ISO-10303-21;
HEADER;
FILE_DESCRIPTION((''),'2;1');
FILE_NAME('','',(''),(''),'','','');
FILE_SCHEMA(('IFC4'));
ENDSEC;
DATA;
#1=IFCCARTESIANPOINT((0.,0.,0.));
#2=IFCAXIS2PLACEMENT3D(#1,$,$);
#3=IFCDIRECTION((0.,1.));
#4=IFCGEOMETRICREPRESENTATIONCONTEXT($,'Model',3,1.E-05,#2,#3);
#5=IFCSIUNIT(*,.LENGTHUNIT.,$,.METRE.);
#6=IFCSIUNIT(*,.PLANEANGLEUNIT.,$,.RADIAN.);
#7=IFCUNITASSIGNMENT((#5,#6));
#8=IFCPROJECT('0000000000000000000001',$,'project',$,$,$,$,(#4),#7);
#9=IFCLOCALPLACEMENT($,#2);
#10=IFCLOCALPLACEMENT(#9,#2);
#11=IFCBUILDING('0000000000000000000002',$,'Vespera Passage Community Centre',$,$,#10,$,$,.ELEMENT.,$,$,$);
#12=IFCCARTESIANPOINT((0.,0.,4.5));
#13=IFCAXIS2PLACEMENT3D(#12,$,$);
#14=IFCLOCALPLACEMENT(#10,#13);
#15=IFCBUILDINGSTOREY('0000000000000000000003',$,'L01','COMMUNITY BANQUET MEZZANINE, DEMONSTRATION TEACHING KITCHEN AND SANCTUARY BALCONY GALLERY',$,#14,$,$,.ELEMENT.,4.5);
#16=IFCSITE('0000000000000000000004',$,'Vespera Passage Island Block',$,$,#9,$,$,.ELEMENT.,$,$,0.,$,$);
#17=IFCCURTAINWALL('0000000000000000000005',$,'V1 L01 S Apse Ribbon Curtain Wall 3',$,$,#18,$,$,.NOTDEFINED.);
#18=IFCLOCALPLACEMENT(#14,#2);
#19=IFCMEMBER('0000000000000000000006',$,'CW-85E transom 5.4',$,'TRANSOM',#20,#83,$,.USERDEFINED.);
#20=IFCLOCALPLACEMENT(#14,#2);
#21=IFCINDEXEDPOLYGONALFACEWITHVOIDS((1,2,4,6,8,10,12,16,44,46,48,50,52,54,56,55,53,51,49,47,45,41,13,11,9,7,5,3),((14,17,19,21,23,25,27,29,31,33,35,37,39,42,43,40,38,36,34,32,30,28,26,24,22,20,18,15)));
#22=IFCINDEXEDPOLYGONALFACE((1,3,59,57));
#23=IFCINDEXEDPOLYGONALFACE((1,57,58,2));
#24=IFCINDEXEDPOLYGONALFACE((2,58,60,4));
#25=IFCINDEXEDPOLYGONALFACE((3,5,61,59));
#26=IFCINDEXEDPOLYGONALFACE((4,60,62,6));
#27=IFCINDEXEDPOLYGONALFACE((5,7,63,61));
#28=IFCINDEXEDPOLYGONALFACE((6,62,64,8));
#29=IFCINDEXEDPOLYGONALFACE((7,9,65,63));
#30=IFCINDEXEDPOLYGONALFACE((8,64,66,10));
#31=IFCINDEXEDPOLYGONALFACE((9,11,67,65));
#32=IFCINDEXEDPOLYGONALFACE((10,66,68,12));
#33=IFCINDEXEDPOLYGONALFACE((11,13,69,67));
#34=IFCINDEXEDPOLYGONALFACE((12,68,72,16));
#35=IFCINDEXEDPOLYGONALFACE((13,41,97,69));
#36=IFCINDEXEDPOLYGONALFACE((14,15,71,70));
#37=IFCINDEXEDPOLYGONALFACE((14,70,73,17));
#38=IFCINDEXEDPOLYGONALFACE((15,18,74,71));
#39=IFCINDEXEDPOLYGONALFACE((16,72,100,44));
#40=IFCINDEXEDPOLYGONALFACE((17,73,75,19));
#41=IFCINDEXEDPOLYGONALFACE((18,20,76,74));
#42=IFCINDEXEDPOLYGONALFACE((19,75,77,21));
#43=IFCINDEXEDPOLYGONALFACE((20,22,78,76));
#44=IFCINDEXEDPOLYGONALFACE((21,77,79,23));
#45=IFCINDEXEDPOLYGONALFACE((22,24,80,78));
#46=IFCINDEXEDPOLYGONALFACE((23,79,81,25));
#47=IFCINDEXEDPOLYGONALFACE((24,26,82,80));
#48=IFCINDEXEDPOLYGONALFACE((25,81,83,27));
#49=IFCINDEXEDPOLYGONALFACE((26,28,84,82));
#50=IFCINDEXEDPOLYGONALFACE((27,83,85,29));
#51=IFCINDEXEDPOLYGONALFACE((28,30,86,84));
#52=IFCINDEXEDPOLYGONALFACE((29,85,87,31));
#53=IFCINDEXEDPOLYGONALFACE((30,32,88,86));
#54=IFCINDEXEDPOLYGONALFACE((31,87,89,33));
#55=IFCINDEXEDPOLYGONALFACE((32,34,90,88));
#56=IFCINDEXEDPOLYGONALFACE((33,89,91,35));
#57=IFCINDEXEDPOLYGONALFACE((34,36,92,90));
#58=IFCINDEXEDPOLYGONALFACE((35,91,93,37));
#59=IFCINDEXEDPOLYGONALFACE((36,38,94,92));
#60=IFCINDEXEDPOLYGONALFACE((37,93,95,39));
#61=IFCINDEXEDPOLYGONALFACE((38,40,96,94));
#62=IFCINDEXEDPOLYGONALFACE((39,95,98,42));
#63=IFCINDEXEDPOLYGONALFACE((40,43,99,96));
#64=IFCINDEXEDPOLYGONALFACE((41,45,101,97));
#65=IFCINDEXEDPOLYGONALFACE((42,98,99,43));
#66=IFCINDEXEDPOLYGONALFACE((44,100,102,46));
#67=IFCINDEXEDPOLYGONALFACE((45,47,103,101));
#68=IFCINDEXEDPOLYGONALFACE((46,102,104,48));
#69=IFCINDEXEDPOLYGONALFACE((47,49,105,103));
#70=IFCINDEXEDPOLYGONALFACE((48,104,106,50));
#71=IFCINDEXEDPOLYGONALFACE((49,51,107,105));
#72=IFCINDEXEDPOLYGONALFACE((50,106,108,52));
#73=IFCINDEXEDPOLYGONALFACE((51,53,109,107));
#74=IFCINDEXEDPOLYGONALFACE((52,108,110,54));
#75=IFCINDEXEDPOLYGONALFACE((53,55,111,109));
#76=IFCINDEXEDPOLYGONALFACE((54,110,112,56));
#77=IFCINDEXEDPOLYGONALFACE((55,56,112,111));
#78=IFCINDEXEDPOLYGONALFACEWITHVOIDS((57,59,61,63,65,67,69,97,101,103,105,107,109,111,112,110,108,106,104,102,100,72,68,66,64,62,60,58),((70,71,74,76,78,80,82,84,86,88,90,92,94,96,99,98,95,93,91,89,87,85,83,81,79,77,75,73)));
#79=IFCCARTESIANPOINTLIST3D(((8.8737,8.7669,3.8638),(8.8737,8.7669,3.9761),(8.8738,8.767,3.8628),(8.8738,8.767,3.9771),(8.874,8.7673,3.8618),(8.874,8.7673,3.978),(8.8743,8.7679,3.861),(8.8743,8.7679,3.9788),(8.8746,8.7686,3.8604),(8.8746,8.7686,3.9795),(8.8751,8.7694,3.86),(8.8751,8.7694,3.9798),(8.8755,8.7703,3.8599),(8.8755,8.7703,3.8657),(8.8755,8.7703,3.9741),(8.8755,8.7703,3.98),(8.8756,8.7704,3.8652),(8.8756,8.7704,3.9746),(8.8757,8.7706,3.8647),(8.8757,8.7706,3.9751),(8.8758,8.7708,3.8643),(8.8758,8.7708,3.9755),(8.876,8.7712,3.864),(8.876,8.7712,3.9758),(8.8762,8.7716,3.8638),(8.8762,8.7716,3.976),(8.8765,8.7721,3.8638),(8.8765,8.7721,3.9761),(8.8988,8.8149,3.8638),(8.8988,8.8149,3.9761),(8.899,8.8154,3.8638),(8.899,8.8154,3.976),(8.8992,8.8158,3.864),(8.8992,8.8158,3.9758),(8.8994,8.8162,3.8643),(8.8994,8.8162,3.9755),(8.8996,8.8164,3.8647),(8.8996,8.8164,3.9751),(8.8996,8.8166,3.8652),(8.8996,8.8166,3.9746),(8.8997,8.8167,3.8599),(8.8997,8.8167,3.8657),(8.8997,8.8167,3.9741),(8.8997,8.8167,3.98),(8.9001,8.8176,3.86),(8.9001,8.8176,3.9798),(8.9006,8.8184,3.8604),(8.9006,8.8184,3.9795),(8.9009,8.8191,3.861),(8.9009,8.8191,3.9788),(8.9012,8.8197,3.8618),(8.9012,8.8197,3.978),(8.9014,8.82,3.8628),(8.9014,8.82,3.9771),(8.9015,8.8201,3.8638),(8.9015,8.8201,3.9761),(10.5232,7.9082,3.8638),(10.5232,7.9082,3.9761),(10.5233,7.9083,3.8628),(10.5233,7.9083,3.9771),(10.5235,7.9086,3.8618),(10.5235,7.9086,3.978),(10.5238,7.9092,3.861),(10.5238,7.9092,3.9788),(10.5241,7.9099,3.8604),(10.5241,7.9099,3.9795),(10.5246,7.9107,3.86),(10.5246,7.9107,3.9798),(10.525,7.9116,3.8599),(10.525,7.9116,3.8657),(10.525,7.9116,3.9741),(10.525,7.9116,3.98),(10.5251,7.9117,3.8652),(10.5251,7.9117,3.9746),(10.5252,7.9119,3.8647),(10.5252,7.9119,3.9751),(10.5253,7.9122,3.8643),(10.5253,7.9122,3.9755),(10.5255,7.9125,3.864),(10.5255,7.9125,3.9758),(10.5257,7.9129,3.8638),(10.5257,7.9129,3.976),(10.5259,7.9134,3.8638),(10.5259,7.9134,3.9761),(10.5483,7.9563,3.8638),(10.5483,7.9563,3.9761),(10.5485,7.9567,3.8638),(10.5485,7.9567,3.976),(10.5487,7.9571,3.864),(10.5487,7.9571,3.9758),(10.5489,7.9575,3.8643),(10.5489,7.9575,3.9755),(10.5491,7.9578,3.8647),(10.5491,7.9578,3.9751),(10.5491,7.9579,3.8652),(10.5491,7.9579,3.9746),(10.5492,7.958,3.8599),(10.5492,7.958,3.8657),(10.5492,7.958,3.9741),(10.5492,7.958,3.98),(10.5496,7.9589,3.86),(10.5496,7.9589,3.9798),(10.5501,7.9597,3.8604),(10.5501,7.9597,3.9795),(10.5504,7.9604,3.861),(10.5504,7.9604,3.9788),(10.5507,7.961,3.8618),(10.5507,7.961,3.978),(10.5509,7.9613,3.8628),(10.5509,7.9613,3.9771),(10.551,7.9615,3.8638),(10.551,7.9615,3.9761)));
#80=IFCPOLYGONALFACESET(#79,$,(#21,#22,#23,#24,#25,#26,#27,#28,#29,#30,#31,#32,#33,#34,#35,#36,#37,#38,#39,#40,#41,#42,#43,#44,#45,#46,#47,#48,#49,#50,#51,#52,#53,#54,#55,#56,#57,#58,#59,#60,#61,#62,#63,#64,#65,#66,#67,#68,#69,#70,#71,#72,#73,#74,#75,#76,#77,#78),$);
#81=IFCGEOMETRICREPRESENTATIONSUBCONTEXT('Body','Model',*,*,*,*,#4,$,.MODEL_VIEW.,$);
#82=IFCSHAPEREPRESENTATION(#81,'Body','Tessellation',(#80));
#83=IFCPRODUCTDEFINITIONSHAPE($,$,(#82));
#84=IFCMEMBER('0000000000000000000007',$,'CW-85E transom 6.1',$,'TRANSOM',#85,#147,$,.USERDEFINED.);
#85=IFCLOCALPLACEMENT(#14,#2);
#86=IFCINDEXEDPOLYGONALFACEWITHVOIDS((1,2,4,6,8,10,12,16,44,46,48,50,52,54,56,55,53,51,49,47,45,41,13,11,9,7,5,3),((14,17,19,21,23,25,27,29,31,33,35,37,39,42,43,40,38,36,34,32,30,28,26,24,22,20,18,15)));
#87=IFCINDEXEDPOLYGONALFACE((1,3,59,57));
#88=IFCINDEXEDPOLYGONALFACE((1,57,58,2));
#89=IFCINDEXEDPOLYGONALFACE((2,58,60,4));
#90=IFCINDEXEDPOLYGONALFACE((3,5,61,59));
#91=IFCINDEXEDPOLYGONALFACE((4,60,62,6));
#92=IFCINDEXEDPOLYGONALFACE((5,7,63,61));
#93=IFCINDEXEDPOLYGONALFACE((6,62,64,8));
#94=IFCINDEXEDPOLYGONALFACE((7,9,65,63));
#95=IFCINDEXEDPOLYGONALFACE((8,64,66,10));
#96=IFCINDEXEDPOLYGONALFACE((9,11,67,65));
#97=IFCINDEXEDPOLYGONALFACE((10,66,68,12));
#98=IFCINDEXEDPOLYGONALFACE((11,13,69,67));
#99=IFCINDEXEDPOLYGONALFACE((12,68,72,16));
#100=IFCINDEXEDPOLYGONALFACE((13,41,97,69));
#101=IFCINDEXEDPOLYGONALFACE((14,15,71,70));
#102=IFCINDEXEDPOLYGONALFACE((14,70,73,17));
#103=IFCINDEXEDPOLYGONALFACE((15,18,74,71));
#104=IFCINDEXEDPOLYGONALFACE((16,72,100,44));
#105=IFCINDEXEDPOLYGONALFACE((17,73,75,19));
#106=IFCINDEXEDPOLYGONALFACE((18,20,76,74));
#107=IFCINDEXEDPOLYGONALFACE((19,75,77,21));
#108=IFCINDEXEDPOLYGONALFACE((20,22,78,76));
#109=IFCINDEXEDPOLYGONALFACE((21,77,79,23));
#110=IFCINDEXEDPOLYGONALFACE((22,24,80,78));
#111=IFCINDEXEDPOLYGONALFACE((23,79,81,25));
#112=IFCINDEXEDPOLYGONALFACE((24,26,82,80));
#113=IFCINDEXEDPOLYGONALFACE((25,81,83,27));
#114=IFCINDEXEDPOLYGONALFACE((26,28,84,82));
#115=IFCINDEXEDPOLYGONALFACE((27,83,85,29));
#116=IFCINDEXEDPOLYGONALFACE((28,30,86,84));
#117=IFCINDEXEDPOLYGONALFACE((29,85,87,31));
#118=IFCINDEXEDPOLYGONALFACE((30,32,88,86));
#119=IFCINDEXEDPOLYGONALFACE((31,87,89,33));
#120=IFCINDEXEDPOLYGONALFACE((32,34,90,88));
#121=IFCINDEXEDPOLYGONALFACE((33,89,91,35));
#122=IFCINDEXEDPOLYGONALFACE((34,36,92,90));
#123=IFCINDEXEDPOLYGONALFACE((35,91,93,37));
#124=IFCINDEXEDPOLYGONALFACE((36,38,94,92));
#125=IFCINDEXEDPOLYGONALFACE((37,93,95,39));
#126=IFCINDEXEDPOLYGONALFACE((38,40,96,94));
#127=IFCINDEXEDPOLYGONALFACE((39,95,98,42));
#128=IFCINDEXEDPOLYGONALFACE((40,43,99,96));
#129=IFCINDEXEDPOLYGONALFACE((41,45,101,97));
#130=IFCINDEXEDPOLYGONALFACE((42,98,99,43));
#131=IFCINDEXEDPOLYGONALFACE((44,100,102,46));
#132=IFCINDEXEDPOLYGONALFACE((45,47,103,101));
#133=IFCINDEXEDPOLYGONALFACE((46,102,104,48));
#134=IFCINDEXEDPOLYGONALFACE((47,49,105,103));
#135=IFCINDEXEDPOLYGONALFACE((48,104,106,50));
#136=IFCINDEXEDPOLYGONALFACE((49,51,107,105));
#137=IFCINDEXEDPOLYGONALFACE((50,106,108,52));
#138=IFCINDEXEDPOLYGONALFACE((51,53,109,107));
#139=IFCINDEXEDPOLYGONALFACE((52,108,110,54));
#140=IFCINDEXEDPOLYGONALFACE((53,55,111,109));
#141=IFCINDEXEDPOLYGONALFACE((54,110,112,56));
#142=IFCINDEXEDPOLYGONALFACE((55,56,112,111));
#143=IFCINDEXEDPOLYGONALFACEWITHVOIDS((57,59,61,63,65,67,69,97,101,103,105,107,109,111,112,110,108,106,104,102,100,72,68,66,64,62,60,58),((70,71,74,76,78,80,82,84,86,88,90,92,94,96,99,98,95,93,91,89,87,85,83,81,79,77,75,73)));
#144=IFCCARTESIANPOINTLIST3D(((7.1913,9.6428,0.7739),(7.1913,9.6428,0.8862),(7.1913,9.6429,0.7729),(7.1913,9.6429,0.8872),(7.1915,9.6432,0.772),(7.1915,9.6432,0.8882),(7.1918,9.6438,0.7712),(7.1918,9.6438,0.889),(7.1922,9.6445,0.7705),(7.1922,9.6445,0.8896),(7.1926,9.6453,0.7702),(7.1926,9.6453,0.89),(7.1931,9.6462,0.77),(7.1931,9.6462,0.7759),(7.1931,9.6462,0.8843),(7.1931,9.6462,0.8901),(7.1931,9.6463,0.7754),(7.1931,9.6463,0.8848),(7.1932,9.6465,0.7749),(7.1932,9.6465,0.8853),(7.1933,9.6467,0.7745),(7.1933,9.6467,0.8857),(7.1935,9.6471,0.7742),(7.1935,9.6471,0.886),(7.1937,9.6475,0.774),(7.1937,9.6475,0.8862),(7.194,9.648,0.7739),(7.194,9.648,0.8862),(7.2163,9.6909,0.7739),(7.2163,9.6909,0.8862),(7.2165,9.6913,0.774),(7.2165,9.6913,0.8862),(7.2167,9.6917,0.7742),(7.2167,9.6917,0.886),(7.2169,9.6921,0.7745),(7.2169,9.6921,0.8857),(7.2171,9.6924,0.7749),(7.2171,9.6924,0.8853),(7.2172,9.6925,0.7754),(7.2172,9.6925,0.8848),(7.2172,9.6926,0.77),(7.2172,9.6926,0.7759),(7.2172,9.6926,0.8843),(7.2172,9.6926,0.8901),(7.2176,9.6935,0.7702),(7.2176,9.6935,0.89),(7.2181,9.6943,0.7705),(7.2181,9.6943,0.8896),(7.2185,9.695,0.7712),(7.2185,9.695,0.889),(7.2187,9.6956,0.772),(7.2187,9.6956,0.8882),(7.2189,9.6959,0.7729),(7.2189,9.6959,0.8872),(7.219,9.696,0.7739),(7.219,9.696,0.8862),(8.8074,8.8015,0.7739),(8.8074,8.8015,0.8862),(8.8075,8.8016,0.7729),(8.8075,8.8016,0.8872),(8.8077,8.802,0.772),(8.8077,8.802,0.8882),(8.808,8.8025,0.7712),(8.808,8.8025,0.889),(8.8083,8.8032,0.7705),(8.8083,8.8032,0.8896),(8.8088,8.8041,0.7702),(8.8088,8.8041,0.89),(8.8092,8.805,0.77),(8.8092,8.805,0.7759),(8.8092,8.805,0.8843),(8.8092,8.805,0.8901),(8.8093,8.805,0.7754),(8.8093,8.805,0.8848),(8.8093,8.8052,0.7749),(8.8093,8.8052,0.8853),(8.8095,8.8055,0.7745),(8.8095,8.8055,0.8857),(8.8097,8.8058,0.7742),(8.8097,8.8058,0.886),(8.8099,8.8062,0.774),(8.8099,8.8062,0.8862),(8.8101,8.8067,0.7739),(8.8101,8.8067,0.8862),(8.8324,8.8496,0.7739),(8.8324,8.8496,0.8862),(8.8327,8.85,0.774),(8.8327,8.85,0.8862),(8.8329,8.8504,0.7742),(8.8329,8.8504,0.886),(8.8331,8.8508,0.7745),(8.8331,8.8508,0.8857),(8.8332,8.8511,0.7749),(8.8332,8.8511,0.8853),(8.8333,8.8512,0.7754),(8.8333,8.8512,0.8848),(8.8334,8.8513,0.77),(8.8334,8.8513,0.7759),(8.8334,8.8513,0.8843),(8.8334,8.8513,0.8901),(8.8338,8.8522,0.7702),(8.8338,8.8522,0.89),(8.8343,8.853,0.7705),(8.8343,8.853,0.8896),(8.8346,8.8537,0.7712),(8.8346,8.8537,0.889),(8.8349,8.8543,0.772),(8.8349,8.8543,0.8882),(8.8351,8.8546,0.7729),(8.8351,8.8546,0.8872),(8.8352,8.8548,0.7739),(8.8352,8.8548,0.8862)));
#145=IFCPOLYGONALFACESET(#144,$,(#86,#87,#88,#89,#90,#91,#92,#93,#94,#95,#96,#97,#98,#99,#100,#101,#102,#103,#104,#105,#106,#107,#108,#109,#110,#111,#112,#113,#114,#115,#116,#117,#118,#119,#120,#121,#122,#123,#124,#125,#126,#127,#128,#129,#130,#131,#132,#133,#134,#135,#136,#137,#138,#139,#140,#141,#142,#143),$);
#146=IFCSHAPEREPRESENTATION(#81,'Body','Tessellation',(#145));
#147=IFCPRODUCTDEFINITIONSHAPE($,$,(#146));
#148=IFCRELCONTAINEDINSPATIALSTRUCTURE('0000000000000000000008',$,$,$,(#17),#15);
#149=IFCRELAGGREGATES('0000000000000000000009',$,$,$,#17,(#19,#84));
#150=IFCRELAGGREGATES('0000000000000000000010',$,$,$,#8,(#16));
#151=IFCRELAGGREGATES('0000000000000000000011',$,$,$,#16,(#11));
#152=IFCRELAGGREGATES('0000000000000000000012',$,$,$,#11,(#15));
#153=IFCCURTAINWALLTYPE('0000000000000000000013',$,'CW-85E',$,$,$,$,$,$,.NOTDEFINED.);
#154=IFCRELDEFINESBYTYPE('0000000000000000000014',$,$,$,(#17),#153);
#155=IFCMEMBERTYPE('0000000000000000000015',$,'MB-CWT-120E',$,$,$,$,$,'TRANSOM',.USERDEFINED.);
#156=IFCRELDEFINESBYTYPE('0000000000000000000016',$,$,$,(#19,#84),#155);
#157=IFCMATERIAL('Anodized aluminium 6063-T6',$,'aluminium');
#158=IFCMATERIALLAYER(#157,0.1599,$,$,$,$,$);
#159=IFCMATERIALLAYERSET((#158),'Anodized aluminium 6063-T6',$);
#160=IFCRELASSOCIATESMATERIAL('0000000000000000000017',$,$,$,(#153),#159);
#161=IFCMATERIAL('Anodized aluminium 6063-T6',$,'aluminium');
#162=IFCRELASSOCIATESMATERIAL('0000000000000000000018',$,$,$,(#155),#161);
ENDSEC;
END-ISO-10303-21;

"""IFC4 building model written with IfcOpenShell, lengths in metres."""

from ifc_helpers import new_model, si_unit, direction, frame, origin, origin_2d, place, context, subcontext, project, spatial, hollow_rectangle, extrude, material, layer, layer_set, material_profile, profile_set, type_object, element, aggregate, save


model = new_model("IFC4")

# Units and contexts
model_context = context("Model", 3, precision=1e-05, world=origin(), true_north=direction((0.0, 1.0)))
body_context = subcontext(model_context, "Body", "Model", "MODEL_VIEW")
ifc_project = project(units=[si_unit("LENGTHUNIT", "METRE"), si_unit("PLANEANGLEUNIT", "RADIAN")], contexts=[model_context])

# Site, building, storey
site_placement = place(None, origin())
site = spatial("IfcSite", under=ifc_project, at=site_placement, Name="Vespera Passage Island Block", CompositionType="ELEMENT", RefElevation=0.0)
building_placement = place(site_placement, origin())
building = spatial("IfcBuilding", under=site, at=building_placement, Name="Vespera Passage Community Centre", CompositionType="ELEMENT")
storey_placement = place(building_placement, frame((0.0, 0.0, 4.5)))
storey = spatial("IfcBuildingStorey", under=building, at=storey_placement, Name="L01", Description="COMMUNITY BANQUET MEZZANINE, DEMONSTRATION TEACHING KITCHEN AND SANCTUARY BALCONY GALLERY", CompositionType="ELEMENT", Elevation=4.5)

# Curtain wall, members
ifc_material_1 = material(Name="Anodized aluminium 6063-T6", Category="aluminium")
ifc_layer_1 = layer(ifc_material_1, 0.1599)
ifc_layer_set_1 = layer_set([ifc_layer_1], Name="Anodized aluminium 6063-T6")
curtain_wall_type = type_object("IfcCurtainWallType", Name="CW-85E", PredefinedType="NOTDEFINED", material=ifc_layer_set_1)
curtain_wall_placement = place(storey_placement, origin())
curtain_wall = element("IfcCurtainWall", 1, at=curtain_wall_placement, inside=storey, type_object=curtain_wall_type, Name="V1 L01 S Apse Ribbon Curtain Wall 3", PredefinedType="NOTDEFINED")
ifc_material_2 = material(Name="Anodized aluminium 6063-T6", Category="aluminium")
ifc_material_profile_1 = material_profile(ifc_material_2, hollow_rectangle(XDim=0.0601, YDim=0.1201, WallThickness=0.0039, InnerFilletRadius=0.002, OuterFilletRadius=0.0039, at=origin_2d()), Name="ALU120X60X4")
ifc_profile_set_1 = profile_set([ifc_material_profile_1], Name="Anodized aluminium 6063-T6")
member_type_1 = type_object("IfcMemberType", Name="MB-CWT-120E", ElementType="TRANSOM", PredefinedType="USERDEFINED", material=ifc_profile_set_1)
member_1_placement = place(storey_placement, frame((10.5371, 7.9348, 3.9199), z_axis=(-0.887008, 0.461754, 0.0), x_axis=(-0.461754, -0.887008, 0.0)))
member_1 = element("IfcMember", 2, at=member_1_placement, type_object=member_type_1, Name="CW-85E transom 5.4", ObjectType="TRANSOM", PredefinedType="USERDEFINED", context=body_context, shape_type="SweptSolid", body=[
    extrude(hollow_rectangle(XDim=0.0601, YDim=0.1201, WallThickness=0.0039, InnerFilletRadius=0.002, OuterFilletRadius=0.0039, at=origin_2d()), origin(), (0.0, 0.0, 1.0), 1.8596),
])
member_2_placement = place(storey_placement, frame((8.8213, 8.8281, 0.8301), z_axis=(-0.887019, 0.461732, 0.0), x_axis=(-0.461732, -0.887019, 0.0)))
member_2 = element("IfcMember", 3, at=member_2_placement, type_object=member_type_1, Name="CW-85E transom 6.1", ObjectType="TRANSOM", PredefinedType="USERDEFINED", context=body_context, shape_type="SweptSolid", body=[
    extrude(hollow_rectangle(XDim=0.0601, YDim=0.1201, WallThickness=0.0039, InnerFilletRadius=0.002, OuterFilletRadius=0.0039, at=origin_2d()), origin(), (0.0, 0.0, 1.0), 1.822),
])
aggregate(curtain_wall, [member_1, member_2])

save(model, "model.ifc")
